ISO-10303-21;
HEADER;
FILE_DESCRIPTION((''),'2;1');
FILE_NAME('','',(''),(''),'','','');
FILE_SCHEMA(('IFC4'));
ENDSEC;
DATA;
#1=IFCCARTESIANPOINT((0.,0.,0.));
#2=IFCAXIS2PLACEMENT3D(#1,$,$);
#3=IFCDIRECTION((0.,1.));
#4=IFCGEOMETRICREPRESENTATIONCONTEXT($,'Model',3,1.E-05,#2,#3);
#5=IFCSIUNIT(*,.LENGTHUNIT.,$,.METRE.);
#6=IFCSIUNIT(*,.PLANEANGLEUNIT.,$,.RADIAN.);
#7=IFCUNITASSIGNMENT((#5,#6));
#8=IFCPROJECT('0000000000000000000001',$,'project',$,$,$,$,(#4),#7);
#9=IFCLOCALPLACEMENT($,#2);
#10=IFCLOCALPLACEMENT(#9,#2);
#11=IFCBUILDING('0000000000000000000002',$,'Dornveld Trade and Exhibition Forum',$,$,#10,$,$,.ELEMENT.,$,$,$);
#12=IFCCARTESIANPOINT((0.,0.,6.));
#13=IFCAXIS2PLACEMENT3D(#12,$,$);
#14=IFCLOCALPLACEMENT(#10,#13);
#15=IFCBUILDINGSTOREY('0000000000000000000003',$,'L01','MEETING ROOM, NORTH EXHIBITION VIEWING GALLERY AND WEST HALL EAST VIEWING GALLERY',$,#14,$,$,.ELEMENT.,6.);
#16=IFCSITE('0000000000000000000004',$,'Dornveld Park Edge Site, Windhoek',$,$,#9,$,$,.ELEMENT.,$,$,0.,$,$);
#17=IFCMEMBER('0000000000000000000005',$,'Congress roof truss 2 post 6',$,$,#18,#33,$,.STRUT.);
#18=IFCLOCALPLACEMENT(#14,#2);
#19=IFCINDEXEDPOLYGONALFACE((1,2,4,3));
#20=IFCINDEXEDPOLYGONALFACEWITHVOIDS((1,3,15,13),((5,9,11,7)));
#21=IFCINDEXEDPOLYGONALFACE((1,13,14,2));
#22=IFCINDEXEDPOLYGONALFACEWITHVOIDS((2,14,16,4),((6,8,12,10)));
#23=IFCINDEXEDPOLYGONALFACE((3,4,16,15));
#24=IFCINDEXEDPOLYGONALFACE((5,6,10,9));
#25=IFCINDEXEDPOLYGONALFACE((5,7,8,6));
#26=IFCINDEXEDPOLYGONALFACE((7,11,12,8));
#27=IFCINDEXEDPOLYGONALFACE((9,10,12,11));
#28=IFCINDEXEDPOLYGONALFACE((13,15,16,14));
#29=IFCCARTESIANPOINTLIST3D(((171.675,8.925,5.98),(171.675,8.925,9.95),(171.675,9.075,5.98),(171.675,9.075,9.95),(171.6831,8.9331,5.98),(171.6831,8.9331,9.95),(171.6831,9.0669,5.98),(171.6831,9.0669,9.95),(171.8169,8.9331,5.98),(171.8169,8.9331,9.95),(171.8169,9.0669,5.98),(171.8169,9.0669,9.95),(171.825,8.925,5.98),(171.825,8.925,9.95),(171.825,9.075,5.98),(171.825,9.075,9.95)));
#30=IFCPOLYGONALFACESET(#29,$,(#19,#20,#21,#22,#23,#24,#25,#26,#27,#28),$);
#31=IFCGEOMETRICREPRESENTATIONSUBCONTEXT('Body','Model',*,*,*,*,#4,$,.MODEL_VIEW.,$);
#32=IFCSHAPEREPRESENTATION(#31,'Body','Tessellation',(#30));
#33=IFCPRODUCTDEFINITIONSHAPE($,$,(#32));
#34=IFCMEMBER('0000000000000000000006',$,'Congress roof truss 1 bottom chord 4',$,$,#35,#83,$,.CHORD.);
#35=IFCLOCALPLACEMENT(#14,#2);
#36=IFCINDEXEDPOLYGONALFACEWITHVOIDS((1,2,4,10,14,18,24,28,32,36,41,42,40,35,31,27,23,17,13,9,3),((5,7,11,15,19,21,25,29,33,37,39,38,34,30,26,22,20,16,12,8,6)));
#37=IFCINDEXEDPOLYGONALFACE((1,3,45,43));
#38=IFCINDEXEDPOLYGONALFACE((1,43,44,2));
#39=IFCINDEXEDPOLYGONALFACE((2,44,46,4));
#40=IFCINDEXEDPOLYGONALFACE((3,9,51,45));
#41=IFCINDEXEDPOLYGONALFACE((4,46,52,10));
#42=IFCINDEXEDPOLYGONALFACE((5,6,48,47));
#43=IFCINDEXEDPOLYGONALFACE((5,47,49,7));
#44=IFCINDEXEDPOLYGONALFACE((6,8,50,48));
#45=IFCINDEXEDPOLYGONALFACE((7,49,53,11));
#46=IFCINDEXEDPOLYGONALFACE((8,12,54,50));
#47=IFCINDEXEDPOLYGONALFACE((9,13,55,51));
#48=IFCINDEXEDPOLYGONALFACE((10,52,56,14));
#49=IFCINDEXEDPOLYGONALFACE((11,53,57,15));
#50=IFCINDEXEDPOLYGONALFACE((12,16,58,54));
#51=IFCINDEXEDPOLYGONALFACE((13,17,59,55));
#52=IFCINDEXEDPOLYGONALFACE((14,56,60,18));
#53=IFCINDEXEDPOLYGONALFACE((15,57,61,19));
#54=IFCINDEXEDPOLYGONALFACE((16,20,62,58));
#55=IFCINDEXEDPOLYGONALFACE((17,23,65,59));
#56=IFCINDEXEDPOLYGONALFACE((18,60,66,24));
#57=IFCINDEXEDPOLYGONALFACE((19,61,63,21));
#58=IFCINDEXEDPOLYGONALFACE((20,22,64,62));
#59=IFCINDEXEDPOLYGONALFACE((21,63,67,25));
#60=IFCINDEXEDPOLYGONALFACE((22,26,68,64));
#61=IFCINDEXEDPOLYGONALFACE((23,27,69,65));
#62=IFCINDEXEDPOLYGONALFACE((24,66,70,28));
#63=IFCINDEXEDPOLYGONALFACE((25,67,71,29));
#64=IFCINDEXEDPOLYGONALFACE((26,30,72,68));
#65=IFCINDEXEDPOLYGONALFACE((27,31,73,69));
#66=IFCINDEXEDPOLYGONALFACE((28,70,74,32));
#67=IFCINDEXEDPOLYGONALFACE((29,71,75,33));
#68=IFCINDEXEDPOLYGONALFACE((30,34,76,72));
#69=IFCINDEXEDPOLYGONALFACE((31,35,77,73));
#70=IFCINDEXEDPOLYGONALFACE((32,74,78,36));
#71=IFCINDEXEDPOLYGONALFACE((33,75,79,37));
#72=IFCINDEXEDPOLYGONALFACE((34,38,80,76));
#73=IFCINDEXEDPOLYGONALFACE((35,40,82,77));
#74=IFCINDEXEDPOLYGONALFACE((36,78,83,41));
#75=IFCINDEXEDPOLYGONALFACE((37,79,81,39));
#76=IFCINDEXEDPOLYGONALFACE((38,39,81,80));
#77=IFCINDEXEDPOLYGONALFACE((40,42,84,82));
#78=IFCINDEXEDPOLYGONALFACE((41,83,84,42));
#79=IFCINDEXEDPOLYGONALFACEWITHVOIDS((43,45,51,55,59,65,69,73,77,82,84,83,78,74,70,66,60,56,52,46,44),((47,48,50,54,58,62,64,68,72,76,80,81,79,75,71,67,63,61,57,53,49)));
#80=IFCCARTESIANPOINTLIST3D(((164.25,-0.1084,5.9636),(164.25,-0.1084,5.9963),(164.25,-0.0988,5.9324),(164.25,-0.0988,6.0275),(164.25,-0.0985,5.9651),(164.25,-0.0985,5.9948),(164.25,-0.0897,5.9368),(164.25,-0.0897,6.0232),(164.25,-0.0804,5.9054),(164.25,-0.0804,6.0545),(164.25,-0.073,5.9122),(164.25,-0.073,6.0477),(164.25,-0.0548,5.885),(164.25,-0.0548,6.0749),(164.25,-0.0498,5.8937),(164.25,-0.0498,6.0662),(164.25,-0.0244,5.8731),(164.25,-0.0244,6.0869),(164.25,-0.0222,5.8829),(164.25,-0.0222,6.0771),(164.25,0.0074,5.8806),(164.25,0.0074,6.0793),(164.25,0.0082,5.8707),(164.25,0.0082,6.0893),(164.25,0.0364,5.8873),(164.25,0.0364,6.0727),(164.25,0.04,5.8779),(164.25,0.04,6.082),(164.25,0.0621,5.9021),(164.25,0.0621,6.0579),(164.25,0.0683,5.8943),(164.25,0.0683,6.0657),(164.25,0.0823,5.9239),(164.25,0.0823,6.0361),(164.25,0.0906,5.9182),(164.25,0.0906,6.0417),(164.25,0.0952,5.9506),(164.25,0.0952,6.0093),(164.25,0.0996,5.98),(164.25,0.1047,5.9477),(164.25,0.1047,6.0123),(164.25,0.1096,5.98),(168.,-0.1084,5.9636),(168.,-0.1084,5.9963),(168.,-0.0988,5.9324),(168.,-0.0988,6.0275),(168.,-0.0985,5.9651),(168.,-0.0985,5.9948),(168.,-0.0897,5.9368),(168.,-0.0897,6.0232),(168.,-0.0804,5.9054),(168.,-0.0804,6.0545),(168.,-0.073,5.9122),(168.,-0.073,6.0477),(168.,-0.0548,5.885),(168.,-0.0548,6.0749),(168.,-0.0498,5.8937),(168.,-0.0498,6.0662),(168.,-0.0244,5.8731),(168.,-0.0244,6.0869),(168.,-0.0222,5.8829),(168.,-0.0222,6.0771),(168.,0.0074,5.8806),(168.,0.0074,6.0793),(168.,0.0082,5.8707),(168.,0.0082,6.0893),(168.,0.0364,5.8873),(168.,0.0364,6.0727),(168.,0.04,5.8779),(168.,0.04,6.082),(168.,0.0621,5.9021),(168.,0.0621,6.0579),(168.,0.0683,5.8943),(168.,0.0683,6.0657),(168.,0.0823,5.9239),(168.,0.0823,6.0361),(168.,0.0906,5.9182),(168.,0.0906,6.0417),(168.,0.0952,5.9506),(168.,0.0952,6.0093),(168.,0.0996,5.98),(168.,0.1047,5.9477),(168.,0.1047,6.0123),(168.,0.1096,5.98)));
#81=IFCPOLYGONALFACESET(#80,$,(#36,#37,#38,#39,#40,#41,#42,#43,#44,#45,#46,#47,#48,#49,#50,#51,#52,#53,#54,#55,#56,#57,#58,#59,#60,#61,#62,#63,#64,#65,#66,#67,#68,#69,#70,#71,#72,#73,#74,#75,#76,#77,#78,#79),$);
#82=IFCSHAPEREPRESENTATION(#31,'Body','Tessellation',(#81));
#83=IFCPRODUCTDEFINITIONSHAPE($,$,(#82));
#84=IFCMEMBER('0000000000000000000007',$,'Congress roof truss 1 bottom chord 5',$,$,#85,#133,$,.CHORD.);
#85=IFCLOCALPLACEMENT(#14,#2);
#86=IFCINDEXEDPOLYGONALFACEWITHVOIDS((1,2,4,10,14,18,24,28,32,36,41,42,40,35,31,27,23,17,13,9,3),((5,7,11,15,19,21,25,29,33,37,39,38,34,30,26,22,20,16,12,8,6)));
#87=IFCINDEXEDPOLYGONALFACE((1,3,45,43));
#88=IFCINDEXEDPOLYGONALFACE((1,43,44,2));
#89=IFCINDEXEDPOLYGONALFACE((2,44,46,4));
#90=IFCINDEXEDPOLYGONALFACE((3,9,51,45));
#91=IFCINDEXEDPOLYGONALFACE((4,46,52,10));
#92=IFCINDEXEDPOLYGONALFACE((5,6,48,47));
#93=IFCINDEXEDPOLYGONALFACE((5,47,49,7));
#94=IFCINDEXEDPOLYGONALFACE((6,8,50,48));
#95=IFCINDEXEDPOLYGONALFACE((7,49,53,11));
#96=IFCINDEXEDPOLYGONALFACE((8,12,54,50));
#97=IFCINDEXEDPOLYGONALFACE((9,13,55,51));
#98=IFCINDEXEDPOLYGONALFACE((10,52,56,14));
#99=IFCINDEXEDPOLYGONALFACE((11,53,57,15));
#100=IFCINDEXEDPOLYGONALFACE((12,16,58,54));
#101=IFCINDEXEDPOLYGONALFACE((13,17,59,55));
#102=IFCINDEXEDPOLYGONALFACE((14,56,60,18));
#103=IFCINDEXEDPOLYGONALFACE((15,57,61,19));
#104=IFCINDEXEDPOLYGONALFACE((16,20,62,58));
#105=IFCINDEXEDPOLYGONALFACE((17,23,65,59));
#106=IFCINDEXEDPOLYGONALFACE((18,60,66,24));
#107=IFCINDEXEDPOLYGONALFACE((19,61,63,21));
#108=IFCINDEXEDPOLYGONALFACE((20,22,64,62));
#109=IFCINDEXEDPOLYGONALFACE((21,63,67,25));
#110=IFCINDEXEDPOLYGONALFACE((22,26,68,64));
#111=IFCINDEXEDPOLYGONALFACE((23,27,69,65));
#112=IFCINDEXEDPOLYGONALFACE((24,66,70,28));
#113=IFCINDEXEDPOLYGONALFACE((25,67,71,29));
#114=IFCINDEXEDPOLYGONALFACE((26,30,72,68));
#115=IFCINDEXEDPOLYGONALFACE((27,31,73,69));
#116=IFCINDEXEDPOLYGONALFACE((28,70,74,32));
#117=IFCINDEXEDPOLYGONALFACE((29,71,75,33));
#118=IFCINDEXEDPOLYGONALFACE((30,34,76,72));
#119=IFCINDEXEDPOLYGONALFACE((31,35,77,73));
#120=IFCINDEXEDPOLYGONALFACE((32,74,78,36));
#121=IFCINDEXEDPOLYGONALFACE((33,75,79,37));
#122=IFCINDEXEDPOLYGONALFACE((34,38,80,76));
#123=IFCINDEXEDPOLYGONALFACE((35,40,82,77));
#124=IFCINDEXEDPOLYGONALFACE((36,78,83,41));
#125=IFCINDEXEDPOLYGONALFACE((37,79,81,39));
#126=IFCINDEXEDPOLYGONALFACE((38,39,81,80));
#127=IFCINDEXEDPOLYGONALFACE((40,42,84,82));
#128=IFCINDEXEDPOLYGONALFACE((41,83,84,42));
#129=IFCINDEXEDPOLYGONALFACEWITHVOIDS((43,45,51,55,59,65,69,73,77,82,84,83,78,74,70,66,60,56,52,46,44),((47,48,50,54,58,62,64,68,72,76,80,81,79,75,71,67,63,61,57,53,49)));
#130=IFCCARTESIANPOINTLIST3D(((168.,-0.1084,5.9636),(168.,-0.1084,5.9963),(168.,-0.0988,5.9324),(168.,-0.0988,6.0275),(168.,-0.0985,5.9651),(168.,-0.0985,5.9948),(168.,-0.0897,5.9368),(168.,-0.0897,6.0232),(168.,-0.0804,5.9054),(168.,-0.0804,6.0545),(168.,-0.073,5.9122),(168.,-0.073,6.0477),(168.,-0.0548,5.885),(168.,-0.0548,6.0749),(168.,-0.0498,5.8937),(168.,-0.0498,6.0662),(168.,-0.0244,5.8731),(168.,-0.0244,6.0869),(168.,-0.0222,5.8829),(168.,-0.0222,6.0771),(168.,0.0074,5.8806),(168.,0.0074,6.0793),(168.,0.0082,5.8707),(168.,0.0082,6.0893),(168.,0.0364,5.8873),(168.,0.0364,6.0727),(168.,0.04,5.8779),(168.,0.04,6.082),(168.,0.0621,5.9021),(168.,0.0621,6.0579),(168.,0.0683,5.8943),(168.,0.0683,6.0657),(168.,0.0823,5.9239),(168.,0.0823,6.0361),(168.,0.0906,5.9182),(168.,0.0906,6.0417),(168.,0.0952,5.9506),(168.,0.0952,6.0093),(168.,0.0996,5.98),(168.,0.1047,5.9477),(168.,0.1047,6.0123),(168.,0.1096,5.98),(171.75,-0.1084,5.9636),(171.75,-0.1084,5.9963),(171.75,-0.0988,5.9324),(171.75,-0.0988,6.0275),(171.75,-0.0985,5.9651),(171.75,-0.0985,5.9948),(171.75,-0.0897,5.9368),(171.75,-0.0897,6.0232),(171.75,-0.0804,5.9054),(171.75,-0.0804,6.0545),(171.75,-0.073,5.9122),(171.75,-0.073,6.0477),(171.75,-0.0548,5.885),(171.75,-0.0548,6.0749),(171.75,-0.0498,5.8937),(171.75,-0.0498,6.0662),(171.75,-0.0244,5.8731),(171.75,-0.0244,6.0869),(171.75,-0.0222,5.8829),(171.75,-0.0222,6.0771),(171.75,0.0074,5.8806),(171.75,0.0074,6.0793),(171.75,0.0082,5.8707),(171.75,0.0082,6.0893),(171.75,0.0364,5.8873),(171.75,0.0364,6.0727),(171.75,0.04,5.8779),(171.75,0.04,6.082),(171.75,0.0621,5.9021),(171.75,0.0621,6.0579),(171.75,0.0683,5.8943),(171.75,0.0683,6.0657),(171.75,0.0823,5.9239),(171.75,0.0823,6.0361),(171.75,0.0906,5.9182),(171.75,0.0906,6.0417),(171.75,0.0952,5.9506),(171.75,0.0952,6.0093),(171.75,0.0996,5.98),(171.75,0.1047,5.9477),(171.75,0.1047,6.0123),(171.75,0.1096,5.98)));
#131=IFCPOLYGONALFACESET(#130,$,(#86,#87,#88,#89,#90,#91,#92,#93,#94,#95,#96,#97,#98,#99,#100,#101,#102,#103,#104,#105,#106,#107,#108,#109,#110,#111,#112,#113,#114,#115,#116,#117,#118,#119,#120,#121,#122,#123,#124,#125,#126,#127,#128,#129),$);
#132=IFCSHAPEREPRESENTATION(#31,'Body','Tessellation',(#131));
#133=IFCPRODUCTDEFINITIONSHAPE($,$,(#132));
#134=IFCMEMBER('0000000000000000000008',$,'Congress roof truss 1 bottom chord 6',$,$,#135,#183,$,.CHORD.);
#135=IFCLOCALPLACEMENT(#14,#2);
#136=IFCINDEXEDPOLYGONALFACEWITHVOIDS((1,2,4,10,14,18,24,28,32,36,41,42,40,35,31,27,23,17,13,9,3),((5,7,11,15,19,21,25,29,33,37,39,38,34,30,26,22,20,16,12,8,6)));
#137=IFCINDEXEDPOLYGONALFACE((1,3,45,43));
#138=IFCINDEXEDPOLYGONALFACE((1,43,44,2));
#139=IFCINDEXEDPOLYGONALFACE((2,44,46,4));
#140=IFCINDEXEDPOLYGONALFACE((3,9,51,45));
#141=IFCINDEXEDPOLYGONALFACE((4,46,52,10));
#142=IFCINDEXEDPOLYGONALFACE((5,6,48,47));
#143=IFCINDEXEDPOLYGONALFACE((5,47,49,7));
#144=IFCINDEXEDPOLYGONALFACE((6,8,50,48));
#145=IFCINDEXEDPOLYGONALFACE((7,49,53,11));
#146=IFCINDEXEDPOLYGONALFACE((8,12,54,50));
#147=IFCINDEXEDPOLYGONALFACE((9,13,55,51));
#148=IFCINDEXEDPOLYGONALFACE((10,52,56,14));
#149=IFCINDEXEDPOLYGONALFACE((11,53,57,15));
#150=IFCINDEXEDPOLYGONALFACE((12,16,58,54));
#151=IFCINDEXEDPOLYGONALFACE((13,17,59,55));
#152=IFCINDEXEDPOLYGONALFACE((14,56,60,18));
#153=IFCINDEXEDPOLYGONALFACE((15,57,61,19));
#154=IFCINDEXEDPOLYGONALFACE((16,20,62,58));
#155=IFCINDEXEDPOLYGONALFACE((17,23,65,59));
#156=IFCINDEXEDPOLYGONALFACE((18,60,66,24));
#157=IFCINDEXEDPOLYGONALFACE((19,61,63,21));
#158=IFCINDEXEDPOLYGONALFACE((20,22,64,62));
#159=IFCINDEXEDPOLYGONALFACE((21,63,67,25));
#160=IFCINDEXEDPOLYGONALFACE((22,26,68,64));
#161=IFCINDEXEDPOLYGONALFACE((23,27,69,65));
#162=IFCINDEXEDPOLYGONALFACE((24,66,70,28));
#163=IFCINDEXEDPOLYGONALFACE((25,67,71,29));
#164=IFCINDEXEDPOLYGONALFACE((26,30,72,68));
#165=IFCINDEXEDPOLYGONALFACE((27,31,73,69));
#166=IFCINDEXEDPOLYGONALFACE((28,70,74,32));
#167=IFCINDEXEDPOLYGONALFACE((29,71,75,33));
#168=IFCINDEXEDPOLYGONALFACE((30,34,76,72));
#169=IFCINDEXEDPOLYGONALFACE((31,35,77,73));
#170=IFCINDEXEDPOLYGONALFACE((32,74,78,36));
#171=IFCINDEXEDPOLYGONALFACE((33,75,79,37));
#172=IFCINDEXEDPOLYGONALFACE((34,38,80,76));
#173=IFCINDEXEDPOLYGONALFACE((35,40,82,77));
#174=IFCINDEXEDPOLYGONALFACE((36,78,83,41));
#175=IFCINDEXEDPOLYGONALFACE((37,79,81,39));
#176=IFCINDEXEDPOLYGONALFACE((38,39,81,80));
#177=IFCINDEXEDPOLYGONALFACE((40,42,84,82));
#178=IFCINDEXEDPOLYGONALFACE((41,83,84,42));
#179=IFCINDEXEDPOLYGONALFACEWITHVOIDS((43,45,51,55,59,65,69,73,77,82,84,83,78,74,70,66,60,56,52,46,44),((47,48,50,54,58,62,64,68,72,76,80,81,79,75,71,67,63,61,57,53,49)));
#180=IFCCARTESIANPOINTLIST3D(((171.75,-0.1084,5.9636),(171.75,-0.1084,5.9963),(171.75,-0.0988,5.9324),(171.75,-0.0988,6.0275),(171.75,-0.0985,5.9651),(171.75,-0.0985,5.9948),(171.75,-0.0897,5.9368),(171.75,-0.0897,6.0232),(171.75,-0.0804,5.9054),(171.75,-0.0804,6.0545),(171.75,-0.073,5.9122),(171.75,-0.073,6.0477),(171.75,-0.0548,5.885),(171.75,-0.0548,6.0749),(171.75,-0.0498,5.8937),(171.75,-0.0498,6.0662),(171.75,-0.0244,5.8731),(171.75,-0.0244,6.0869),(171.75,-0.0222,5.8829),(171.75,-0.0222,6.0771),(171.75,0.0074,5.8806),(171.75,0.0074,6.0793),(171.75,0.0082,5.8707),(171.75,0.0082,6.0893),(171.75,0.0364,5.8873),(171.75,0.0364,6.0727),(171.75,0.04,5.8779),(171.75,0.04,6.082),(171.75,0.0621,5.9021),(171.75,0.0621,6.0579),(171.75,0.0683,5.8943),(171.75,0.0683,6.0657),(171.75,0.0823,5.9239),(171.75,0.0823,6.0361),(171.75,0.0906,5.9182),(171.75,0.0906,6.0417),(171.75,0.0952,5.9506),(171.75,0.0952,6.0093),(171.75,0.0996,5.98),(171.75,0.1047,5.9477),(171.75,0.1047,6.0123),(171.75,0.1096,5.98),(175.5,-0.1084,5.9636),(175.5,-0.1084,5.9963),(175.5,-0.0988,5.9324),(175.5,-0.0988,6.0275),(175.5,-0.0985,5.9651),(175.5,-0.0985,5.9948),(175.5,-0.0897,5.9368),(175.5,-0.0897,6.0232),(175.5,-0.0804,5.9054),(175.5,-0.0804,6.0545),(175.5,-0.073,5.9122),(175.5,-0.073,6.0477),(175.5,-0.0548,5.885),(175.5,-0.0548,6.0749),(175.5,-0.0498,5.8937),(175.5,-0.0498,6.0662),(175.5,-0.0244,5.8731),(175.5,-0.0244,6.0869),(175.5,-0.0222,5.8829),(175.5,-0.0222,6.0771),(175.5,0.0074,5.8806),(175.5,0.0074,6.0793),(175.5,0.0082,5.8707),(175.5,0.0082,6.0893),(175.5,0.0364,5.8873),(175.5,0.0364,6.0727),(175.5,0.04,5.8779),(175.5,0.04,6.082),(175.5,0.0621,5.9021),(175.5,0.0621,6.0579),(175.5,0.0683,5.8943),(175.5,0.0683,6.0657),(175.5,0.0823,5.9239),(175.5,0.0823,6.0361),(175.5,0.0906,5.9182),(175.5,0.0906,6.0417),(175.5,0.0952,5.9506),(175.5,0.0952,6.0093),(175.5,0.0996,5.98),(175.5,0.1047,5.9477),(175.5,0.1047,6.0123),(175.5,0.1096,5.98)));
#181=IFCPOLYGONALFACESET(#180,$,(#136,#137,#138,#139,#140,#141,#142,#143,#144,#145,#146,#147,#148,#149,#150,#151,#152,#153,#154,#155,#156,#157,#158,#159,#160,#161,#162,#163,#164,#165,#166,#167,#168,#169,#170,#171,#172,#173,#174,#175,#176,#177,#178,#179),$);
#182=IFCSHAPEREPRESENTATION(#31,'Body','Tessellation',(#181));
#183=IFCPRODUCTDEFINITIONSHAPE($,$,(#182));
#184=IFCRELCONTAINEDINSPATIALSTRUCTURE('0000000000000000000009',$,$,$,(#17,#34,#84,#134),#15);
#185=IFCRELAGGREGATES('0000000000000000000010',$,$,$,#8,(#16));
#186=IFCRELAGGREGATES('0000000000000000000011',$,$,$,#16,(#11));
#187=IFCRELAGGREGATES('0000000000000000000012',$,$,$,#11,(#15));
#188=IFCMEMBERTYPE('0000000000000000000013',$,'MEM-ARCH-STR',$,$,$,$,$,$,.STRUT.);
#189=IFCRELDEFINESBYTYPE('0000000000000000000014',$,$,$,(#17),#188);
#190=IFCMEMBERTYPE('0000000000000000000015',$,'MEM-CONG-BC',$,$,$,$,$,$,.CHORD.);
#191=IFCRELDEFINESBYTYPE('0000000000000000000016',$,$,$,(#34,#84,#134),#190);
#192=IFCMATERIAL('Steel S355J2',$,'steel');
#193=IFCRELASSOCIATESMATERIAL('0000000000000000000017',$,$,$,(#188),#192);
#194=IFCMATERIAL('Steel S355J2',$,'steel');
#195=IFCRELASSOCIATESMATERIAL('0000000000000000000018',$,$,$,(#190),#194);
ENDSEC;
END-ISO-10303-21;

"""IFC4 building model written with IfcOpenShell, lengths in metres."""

from ifc_helpers import new_model, si_unit, direction, frame, origin, origin_2d, place, context, subcontext, project, spatial, hollow_rectangle, hollow_circle, extrude, material, material_profile, profile_set, type_object, element, save


model = new_model("IFC4")

# Units and contexts
model_context = context("Model", 3, precision=1e-05, world=origin(), true_north=direction((0.0, 1.0)))
body_context = subcontext(model_context, "Body", "Model", "MODEL_VIEW")
ifc_project = project(units=[si_unit("LENGTHUNIT", "METRE"), si_unit("PLANEANGLEUNIT", "RADIAN")], contexts=[model_context])

# Site, building, storey
site_placement = place(None, origin())
site = spatial("IfcSite", under=ifc_project, at=site_placement, Name="Dornveld Park Edge Site, Windhoek", CompositionType="ELEMENT", RefElevation=0.0)
building_placement = place(site_placement, origin())
building = spatial("IfcBuilding", under=site, at=building_placement, Name="Dornveld Trade and Exhibition Forum", CompositionType="ELEMENT")
storey_placement = place(building_placement, frame((0.0, 0.0, 6.0)))
storey = spatial("IfcBuildingStorey", under=building, at=storey_placement, Name="L01", Description="MEETING ROOM, NORTH EXHIBITION VIEWING GALLERY AND WEST HALL EAST VIEWING GALLERY", CompositionType="ELEMENT", Elevation=6.0)

# Members
ifc_material_1 = material(Name="Steel S355J2", Category="steel")
ifc_material_profile_1 = material_profile(ifc_material_1, hollow_rectangle(XDim=0.1499, YDim=0.1499, WallThickness=0.0081, at=origin_2d()), Name="SHS 150x150x8")
ifc_profile_set_1 = profile_set([ifc_material_profile_1], Name="Steel S355J2")
member_type_1 = type_object("IfcMemberType", Name="MEM-ARCH-STR", PredefinedType="STRUT", material=ifc_profile_set_1)
member_1_placement = place(storey_placement, frame((171.75, 9.0, 5.98), z_axis=(0.0, 0.0, 1.0), x_axis=(1.0, 0.0, 0.0)))
element("IfcMember", 1, at=member_1_placement, inside=storey, type_object=member_type_1, Name="Congress roof truss 2 post 6", PredefinedType="STRUT", context=body_context, shape_type="SweptSolid", body=[
    extrude(hollow_rectangle(XDim=0.1499, YDim=0.1499, WallThickness=0.0081, at=origin_2d()), origin(), (0.0, 0.0, 1.0), 3.97),
])
ifc_material_2 = material(Name="Steel S355J2", Category="steel")
ifc_material_profile_2 = material_profile(ifc_material_2, hollow_circle(Radius=0.1096, WallThickness=0.01, at=origin_2d()), Name="CHS 219.1x10")
ifc_profile_set_2 = profile_set([ifc_material_profile_2], Name="Steel S355J2")
member_type_2 = type_object("IfcMemberType", Name="MEM-CONG-BC", PredefinedType="CHORD", material=ifc_profile_set_2)
for number, where, z_axis, x_axis, name in (
    (2, (164.25, 0.0, 5.98), (1.0, 0.0, 0.0), (0.0, 1.0, 0.0), "Congress roof truss 1 bottom chord 4"),
    (3, (168.0, 0.0, 5.98), (1.0, 0.0, 0.0), (0.0, 1.0, 0.0), "Congress roof truss 1 bottom chord 5"),
    (4, (171.75, 0.0, 5.98), (1.0, 0.0, 0.0), (0.0, 1.0, 0.0), "Congress roof truss 1 bottom chord 6"),
):
    element("IfcMember", number, at=place(storey_placement, frame(where, z_axis=z_axis, x_axis=x_axis)), inside=storey, type_object=member_type_2, Name=name, PredefinedType="CHORD", context=body_context, shape_type="SweptSolid", body=[
        extrude(hollow_circle(Radius=0.1096, WallThickness=0.01, at=origin_2d()), origin(), (0.0, 0.0, 1.0), 3.75),
    ])

save(model, "model.ifc")
